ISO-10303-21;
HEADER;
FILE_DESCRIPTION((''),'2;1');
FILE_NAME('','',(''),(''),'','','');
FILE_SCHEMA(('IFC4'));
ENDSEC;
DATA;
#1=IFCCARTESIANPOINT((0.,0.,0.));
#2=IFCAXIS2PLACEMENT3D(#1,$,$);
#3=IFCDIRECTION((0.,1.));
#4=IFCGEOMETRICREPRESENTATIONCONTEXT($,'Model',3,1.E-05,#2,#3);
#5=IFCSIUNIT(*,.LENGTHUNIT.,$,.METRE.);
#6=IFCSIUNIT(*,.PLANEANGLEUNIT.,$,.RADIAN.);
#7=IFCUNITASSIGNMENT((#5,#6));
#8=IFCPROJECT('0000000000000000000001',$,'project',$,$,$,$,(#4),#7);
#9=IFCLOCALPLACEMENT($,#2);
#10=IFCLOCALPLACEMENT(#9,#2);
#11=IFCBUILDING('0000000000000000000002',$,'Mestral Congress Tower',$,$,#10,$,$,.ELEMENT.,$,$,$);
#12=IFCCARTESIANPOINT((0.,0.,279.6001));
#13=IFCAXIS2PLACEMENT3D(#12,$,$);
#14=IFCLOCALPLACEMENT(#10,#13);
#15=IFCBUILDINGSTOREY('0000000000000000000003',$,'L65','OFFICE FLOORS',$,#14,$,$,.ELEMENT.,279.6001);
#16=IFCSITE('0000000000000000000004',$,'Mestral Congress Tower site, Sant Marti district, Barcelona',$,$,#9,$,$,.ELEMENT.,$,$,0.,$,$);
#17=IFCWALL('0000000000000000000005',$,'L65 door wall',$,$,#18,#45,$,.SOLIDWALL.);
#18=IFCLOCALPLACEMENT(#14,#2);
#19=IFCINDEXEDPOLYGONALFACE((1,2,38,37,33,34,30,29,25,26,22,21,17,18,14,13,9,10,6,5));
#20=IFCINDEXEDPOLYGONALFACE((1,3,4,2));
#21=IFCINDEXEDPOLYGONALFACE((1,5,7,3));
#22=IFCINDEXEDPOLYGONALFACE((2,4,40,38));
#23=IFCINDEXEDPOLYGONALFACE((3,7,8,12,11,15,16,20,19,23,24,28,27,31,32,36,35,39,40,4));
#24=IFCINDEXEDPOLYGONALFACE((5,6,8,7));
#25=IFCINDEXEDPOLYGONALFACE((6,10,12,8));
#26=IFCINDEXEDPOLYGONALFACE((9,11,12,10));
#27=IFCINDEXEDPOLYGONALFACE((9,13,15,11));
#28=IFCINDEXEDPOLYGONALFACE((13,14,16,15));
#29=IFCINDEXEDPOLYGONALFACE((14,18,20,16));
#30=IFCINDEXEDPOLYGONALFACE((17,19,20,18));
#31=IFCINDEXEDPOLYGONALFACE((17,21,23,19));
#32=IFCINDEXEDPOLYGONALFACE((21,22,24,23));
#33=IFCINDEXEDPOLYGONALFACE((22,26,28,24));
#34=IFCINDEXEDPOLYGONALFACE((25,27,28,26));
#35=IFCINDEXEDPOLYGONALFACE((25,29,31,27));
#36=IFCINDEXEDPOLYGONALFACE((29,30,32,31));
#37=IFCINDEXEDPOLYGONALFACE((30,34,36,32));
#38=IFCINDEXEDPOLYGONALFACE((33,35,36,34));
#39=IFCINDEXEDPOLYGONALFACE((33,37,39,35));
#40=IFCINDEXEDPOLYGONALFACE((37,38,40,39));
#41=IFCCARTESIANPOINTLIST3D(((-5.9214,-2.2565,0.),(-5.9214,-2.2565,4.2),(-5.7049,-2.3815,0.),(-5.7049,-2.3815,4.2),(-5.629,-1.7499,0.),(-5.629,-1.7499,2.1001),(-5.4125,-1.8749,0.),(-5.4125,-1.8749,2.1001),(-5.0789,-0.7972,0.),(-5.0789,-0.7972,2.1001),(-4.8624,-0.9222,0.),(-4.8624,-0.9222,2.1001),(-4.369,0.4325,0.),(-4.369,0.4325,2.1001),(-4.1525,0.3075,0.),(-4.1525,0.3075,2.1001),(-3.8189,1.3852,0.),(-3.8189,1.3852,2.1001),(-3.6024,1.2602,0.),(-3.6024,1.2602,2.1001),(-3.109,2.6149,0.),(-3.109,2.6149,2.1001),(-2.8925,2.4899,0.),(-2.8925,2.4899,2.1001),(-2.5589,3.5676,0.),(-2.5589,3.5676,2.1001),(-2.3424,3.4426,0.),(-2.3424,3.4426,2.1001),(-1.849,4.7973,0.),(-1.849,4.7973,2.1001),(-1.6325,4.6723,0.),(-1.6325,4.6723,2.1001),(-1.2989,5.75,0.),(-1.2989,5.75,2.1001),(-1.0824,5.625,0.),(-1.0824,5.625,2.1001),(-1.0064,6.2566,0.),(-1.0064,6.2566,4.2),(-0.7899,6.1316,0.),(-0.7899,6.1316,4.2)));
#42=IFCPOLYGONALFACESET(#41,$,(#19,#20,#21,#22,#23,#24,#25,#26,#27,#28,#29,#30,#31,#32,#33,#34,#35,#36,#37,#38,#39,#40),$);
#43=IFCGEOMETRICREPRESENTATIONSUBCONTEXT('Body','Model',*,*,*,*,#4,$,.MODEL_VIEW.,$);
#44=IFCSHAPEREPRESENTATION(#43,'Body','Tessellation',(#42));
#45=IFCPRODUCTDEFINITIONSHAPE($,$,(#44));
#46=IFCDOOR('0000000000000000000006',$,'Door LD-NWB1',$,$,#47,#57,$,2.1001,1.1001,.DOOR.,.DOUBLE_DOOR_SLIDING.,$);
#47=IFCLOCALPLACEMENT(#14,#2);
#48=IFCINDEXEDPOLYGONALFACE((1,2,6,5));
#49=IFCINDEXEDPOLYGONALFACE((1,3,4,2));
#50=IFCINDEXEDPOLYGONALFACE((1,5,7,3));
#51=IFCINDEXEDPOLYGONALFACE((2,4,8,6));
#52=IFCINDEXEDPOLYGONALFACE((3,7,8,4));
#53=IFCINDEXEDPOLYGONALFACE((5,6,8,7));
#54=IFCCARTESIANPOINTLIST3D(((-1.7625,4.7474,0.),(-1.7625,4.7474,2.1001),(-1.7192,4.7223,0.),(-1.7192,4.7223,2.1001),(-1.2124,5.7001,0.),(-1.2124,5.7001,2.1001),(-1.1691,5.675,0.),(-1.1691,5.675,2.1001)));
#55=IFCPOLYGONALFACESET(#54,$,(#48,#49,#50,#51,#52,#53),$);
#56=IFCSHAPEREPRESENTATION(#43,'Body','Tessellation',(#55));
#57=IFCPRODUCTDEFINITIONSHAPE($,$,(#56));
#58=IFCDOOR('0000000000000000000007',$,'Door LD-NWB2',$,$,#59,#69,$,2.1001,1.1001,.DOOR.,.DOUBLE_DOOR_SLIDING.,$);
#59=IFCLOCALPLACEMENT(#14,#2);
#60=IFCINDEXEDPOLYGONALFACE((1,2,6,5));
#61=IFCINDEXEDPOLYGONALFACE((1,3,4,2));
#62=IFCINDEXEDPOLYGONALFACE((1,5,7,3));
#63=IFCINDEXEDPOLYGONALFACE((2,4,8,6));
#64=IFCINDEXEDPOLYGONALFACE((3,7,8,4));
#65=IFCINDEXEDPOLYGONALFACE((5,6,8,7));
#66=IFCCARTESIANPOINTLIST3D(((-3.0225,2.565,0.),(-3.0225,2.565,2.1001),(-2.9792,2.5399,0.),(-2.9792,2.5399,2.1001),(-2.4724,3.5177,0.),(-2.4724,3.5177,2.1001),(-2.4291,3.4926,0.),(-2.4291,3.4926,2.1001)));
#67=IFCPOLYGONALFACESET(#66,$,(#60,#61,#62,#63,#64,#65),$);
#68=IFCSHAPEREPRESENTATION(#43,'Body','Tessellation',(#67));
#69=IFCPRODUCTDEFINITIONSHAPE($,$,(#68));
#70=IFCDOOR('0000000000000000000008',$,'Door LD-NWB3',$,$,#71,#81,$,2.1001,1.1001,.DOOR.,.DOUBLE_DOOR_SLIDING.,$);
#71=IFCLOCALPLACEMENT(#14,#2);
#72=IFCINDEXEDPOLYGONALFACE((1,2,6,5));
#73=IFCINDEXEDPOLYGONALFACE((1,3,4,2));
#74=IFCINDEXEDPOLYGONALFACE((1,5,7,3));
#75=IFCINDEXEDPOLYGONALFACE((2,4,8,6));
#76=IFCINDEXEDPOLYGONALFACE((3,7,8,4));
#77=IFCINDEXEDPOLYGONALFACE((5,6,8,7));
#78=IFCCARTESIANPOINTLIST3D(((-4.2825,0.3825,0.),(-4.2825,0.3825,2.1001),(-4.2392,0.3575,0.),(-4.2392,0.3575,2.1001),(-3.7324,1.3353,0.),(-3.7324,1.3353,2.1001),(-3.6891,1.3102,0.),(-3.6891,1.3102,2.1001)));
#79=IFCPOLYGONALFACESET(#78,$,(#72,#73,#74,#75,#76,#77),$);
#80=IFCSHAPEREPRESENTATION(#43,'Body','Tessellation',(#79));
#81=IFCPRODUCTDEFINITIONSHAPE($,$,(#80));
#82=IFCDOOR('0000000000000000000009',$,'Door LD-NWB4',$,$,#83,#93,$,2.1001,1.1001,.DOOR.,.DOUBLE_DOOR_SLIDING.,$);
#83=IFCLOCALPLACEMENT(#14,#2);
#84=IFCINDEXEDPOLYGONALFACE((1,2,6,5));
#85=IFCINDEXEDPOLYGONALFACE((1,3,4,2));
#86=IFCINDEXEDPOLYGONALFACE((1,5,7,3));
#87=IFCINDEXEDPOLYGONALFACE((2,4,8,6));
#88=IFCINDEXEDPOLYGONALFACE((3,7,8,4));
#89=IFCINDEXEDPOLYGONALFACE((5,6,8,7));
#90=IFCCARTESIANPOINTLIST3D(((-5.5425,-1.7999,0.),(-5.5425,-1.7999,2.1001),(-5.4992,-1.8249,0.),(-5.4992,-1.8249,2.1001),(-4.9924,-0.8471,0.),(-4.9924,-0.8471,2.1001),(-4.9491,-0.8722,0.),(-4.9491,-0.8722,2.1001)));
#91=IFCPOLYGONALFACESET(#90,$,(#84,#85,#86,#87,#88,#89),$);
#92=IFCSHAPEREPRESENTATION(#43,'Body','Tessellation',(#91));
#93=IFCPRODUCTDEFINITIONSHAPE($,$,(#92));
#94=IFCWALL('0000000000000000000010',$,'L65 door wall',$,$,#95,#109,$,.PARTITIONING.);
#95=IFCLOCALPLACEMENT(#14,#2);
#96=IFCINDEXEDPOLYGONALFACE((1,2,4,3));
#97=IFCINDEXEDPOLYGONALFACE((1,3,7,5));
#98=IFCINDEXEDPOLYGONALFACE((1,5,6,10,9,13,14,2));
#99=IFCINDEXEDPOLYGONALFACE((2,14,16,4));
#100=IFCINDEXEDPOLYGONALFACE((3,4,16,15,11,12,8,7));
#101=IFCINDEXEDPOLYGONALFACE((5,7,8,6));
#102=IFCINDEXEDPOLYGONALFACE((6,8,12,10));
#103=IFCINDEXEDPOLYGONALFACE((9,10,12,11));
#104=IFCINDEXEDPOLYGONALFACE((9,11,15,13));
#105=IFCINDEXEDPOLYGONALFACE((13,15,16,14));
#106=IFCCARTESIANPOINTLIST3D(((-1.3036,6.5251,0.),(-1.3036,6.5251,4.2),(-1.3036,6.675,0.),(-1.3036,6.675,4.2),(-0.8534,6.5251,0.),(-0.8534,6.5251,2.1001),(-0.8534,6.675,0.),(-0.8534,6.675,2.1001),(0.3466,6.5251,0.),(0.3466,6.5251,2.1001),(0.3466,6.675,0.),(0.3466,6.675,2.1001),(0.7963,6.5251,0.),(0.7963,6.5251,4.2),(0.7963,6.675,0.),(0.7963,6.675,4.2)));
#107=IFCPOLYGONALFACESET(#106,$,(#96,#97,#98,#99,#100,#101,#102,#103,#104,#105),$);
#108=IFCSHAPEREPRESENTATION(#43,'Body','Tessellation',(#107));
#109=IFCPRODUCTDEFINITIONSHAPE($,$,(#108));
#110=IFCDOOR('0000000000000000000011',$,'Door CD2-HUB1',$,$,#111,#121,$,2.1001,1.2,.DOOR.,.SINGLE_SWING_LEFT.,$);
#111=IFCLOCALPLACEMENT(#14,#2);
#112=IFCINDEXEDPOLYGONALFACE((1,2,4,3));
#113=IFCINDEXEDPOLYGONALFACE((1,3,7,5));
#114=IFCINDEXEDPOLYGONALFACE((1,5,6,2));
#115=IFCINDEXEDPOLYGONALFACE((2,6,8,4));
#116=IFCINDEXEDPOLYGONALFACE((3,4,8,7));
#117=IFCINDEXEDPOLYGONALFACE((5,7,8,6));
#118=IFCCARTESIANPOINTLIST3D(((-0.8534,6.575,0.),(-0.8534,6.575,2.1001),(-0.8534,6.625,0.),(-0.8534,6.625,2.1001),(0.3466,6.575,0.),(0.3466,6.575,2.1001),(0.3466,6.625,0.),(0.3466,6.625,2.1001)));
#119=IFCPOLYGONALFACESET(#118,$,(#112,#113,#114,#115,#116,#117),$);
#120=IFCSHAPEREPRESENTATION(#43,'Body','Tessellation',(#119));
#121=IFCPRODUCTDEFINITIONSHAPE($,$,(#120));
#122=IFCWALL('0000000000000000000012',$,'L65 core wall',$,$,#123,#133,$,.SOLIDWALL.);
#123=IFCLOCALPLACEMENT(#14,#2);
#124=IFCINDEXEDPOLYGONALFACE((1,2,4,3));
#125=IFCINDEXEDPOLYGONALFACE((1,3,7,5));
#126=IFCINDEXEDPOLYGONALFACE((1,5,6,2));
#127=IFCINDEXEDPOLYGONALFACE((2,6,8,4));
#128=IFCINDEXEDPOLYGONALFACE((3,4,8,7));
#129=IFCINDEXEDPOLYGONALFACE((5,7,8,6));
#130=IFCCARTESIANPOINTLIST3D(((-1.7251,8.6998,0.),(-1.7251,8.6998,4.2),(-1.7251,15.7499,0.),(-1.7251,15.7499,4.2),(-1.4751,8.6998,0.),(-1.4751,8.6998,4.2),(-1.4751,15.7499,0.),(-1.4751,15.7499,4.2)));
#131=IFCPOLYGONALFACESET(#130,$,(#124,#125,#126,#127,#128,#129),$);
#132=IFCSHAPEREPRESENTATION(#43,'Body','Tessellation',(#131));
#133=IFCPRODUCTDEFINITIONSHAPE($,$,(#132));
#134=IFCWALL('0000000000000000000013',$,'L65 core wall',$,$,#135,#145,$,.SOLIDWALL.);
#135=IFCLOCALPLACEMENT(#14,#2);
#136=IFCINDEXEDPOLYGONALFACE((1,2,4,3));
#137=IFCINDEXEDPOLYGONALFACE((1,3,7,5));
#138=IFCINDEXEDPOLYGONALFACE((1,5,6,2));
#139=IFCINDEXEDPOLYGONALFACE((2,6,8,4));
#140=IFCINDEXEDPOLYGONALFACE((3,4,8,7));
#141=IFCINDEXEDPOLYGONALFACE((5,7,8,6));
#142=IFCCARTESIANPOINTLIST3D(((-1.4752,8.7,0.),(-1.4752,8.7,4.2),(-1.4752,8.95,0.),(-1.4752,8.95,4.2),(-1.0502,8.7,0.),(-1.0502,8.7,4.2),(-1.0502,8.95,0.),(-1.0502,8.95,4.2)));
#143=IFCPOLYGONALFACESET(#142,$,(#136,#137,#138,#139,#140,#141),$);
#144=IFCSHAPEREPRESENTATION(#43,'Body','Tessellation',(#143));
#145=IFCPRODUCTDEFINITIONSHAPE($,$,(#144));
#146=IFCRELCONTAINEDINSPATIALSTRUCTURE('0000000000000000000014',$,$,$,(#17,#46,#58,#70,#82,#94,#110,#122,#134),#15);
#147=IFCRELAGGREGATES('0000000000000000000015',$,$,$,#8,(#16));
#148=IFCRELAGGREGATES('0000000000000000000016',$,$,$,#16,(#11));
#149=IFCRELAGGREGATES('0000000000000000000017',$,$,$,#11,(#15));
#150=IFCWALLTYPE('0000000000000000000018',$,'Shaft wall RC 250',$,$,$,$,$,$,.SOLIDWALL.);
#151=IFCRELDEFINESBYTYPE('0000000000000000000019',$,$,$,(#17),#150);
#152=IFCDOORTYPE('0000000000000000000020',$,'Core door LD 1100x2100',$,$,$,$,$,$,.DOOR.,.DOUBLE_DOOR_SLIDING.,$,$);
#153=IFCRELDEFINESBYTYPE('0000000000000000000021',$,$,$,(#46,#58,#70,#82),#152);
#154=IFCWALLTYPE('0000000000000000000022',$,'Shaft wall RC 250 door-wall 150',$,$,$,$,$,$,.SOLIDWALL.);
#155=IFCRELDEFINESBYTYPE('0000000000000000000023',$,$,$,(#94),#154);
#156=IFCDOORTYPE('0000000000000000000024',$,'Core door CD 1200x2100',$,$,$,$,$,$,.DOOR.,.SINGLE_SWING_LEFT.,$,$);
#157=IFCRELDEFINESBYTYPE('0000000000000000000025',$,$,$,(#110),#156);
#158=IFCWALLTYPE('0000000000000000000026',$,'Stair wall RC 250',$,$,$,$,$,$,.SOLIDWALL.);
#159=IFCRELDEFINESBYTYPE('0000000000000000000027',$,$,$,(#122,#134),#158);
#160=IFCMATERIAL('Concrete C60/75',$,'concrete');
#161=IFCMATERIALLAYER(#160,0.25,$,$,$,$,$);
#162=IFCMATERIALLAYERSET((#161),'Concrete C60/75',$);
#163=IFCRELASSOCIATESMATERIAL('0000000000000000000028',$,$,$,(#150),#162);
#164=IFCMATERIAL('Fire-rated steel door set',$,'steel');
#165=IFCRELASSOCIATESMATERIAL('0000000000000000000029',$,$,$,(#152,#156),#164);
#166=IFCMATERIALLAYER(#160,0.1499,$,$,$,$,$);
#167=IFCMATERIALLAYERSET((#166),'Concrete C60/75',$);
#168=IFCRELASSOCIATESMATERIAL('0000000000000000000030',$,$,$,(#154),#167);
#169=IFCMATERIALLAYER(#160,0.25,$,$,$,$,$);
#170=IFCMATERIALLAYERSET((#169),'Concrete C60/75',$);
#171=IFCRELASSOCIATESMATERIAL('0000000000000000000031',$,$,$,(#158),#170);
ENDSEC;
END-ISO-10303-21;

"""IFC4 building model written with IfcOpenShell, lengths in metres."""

from ifc_helpers import new_model, si_unit, direction, frame, frame_2d, origin, place, context, subcontext, project, spatial, rectangle, extrude, material, layer, layer_set, type_object, element, fill, save


model = new_model("IFC4")

# Units and contexts
model_context = context("Model", 3, precision=1e-05, world=origin(), true_north=direction((0.0, 1.0)))
body_context = subcontext(model_context, "Body", "Model", "MODEL_VIEW")
ifc_project = project(units=[si_unit("LENGTHUNIT", "METRE"), si_unit("PLANEANGLEUNIT", "RADIAN")], contexts=[model_context])

# Site, building, storey
site_placement = place(None, origin())
site = spatial("IfcSite", under=ifc_project, at=site_placement, Name="Mestral Congress Tower site, Sant Marti district, Barcelona", CompositionType="ELEMENT", RefElevation=0.0)
building_placement = place(site_placement, origin())
building = spatial("IfcBuilding", under=site, at=building_placement, Name="Mestral Congress Tower", CompositionType="ELEMENT")
storey_placement = place(building_placement, frame((0.0, 0.0, 279.6001)))
storey = spatial("IfcBuildingStorey", under=building, at=storey_placement, Name="L65", Description="OFFICE FLOORS", CompositionType="ELEMENT", Elevation=279.6001)

# Shared definitions
ifc_material_1 = material(Name="Concrete C60/75", Category="concrete")

# Shared definitions
ifc_material_2 = material(Name="Fire-rated steel door set", Category="steel")

# Shared definitions
ifc_layer_1 = layer(ifc_material_1, 0.25)
ifc_layer_set_1 = layer_set([ifc_layer_1], Name="Concrete C60/75")
wall_type_1 = type_object("IfcWallType", Name="Shaft wall RC 250", PredefinedType="SOLIDWALL", material=ifc_layer_set_1)

# Wall, openings, doors
wall_1_placement = place(storey_placement, frame((-0.8982, 6.1941, 0.0), z_axis=(0.0, 0.0, 1.0), x_axis=(-0.499996, -0.866028, 0.0)))
wall_1 = element("IfcWall", 1, at=wall_1_placement, inside=storey, type_object=wall_type_1, Name="L65 door wall", PredefinedType="SOLIDWALL", context=body_context, shape_type="SweptSolid", body=[
    extrude(rectangle(XDim=9.8301, YDim=0.25, at=frame_2d((4.915, 0.0))), origin(), (0.0, 0.0, 1.0), 4.2),
])
opening_1_placement = place(wall_1_placement, frame((0.585, 0.0, 0.0)))
opening_1 = element("IfcOpeningElement", 2, at=opening_1_placement, cuts=wall_1, PredefinedType="OPENING", context=body_context, shape_type="SweptSolid", body=[
    extrude(rectangle(XDim=1.1001, YDim=2.1001, at=frame_2d((0.55, 1.05))), frame((0.0, 0.135, 0.0), z_axis=(0.0, -1.0, 0.0), x_axis=(1.0, 0.0, 0.0)), (0.0, 0.0, 1.0), 0.27),
])
opening_2_placement = place(wall_1_placement, frame((3.105, 0.0, 0.0)))
opening_2 = element("IfcOpeningElement", 3, at=opening_2_placement, cuts=wall_1, PredefinedType="OPENING", context=body_context, shape_type="SweptSolid", body=[
    extrude(rectangle(XDim=1.1001, YDim=2.1001, at=frame_2d((0.55, 1.05))), frame((0.0, 0.135, 0.0), z_axis=(0.0, -1.0, 0.0), x_axis=(1.0, 0.0, 0.0)), (0.0, 0.0, 1.0), 0.27),
])
opening_3_placement = place(wall_1_placement, frame((5.625, 0.0, 0.0)))
opening_3 = element("IfcOpeningElement", 4, at=opening_3_placement, cuts=wall_1, PredefinedType="OPENING", context=body_context, shape_type="SweptSolid", body=[
    extrude(rectangle(XDim=1.1001, YDim=2.1001, at=frame_2d((0.55, 1.05))), frame((0.0, 0.135, 0.0), z_axis=(0.0, -1.0, 0.0), x_axis=(1.0, 0.0, 0.0)), (0.0, 0.0, 1.0), 0.27),
])
opening_4_placement = place(wall_1_placement, frame((8.145, 0.0, 0.0)))
opening_4 = element("IfcOpeningElement", 5, at=opening_4_placement, cuts=wall_1, PredefinedType="OPENING", context=body_context, shape_type="SweptSolid", body=[
    extrude(rectangle(XDim=1.1001, YDim=2.1001, at=frame_2d((0.55, 1.05))), frame((0.0, 0.135, 0.0), z_axis=(0.0, -1.0, 0.0), x_axis=(1.0, 0.0, 0.0)), (0.0, 0.0, 1.0), 0.27),
])
door_type_1 = type_object("IfcDoorType", Name="Core door LD 1100x2100", OperationType="DOUBLE_DOOR_SLIDING", PredefinedType="DOOR", material=ifc_material_2)
door_1_placement = place(opening_1_placement, origin())
door_1 = element("IfcDoor", 6, at=door_1_placement, inside=storey, type_object=door_type_1, Name="Door LD-NWB1", OperationType="DOUBLE_DOOR_SLIDING", OverallHeight=2.1001, OverallWidth=1.1001, PredefinedType="DOOR", context=body_context, shape_type="SweptSolid", body=[
    extrude(rectangle(XDim=1.1001, YDim=2.1001, at=frame_2d((0.55, 1.05))), frame((0.0, 0.0249, 0.0), z_axis=(0.0, -1.0, 0.0), x_axis=(1.0, 0.0, 0.0)), (0.0, 0.0, 1.0), 0.05),
])
fill(opening_1, door_1)
door_2_placement = place(opening_2_placement, origin())
door_2 = element("IfcDoor", 7, at=door_2_placement, inside=storey, type_object=door_type_1, Name="Door LD-NWB2", OperationType="DOUBLE_DOOR_SLIDING", OverallHeight=2.1001, OverallWidth=1.1001, PredefinedType="DOOR", context=body_context, shape_type="SweptSolid", body=[
    extrude(rectangle(XDim=1.1001, YDim=2.1001, at=frame_2d((0.55, 1.05))), frame((0.0, 0.0249, 0.0), z_axis=(0.0, -1.0, 0.0), x_axis=(1.0, 0.0, 0.0)), (0.0, 0.0, 1.0), 0.05),
])
fill(opening_2, door_2)
door_3_placement = place(opening_3_placement, origin())
door_3 = element("IfcDoor", 8, at=door_3_placement, inside=storey, type_object=door_type_1, Name="Door LD-NWB3", OperationType="DOUBLE_DOOR_SLIDING", OverallHeight=2.1001, OverallWidth=1.1001, PredefinedType="DOOR", context=body_context, shape_type="SweptSolid", body=[
    extrude(rectangle(XDim=1.1001, YDim=2.1001, at=frame_2d((0.55, 1.05))), frame((0.0, 0.0249, 0.0), z_axis=(0.0, -1.0, 0.0), x_axis=(1.0, 0.0, 0.0)), (0.0, 0.0, 1.0), 0.05),
])
fill(opening_3, door_3)
door_4_placement = place(opening_4_placement, origin())
door_4 = element("IfcDoor", 9, at=door_4_placement, inside=storey, type_object=door_type_1, Name="Door LD-NWB4", OperationType="DOUBLE_DOOR_SLIDING", OverallHeight=2.1001, OverallWidth=1.1001, PredefinedType="DOOR", context=body_context, shape_type="SweptSolid", body=[
    extrude(rectangle(XDim=1.1001, YDim=2.1001, at=frame_2d((0.55, 1.05))), frame((0.0, 0.0249, 0.0), z_axis=(0.0, -1.0, 0.0), x_axis=(1.0, 0.0, 0.0)), (0.0, 0.0, 1.0), 0.05),
])
fill(opening_4, door_4)

# Wall, opening, door
ifc_layer_2 = layer(ifc_material_1, 0.1499)
ifc_layer_set_2 = layer_set([ifc_layer_2], Name="Concrete C60/75")
wall_type_2 = type_object("IfcWallType", Name="Shaft wall RC 250 door-wall 150", PredefinedType="SOLIDWALL", material=ifc_layer_set_2)
wall_2_placement = place(storey_placement, frame((-1.3035, 6.6001, 0.0), z_axis=(0.0, 0.0, 1.0), x_axis=(1.0, 0.0, 0.0)))
wall_2 = element("IfcWall", 10, at=wall_2_placement, inside=storey, type_object=wall_type_2, Name="L65 door wall", PredefinedType="PARTITIONING", context=body_context, shape_type="SweptSolid", body=[
    extrude(rectangle(XDim=2.0999, YDim=0.1499, at=frame_2d((1.0498, 0.0))), origin(), (0.0, 0.0, 1.0), 4.2),
])
opening_5_placement = place(wall_2_placement, frame((0.45, 0.0, 0.0)))
opening_5 = element("IfcOpeningElement", 11, at=opening_5_placement, cuts=wall_2, PredefinedType="OPENING", context=body_context, shape_type="SweptSolid", body=[
    extrude(rectangle(XDim=1.2, YDim=2.1001, at=frame_2d((0.6001, 1.05))), frame((0.0, 0.085, 0.0), z_axis=(0.0, -1.0, 0.0), x_axis=(1.0, 0.0, 0.0)), (0.0, 0.0, 1.0), 0.1699),
])
door_type_2 = type_object("IfcDoorType", Name="Core door CD 1200x2100", OperationType="SINGLE_SWING_LEFT", PredefinedType="DOOR", material=ifc_material_2)
door_5_placement = place(opening_5_placement, origin())
door_5 = element("IfcDoor", 12, at=door_5_placement, inside=storey, type_object=door_type_2, Name="Door CD2-HUB1", OperationType="SINGLE_SWING_LEFT", OverallHeight=2.1001, OverallWidth=1.2, PredefinedType="DOOR", context=body_context, shape_type="SweptSolid", body=[
    extrude(rectangle(XDim=1.2, YDim=2.1001, at=frame_2d((0.6001, 1.05))), frame((0.0, 0.0249, 0.0), z_axis=(0.0, -1.0, 0.0), x_axis=(1.0, 0.0, 0.0)), (0.0, 0.0, 1.0), 0.05),
])
fill(opening_5, door_5)

# Walls
ifc_layer_3 = layer(ifc_material_1, 0.25)
ifc_layer_set_3 = layer_set([ifc_layer_3], Name="Concrete C60/75")
wall_type_3 = type_object("IfcWallType", Name="Stair wall RC 250", PredefinedType="SOLIDWALL", material=ifc_layer_set_3)
wall_3_placement = place(storey_placement, frame((-1.6001, 8.7, 0.0), z_axis=(0.0, 0.0, 1.0), x_axis=(0.0, 1.0, 0.0)))
element("IfcWall", 13, at=wall_3_placement, inside=storey, type_object=wall_type_3, Name="L65 core wall", PredefinedType="SOLIDWALL", context=body_context, shape_type="SweptSolid", body=[
    extrude(rectangle(XDim=7.05, YDim=0.25, at=frame_2d((3.5249, 0.0))), origin(), (0.0, 0.0, 1.0), 4.2),
])
wall_4_placement = place(storey_placement, frame((-1.4751, 8.825, 0.0), z_axis=(0.0, 0.0, 1.0), x_axis=(1.0, 0.0, 0.0)))
element("IfcWall", 14, at=wall_4_placement, inside=storey, type_object=wall_type_3, Name="L65 core wall", PredefinedType="SOLIDWALL", context=body_context, shape_type="SweptSolid", body=[
    extrude(rectangle(XDim=0.425, YDim=0.25, at=frame_2d((0.2124, 0.0))), origin(), (0.0, 0.0, 1.0), 4.2),
])

save(model, "model.ifc")
